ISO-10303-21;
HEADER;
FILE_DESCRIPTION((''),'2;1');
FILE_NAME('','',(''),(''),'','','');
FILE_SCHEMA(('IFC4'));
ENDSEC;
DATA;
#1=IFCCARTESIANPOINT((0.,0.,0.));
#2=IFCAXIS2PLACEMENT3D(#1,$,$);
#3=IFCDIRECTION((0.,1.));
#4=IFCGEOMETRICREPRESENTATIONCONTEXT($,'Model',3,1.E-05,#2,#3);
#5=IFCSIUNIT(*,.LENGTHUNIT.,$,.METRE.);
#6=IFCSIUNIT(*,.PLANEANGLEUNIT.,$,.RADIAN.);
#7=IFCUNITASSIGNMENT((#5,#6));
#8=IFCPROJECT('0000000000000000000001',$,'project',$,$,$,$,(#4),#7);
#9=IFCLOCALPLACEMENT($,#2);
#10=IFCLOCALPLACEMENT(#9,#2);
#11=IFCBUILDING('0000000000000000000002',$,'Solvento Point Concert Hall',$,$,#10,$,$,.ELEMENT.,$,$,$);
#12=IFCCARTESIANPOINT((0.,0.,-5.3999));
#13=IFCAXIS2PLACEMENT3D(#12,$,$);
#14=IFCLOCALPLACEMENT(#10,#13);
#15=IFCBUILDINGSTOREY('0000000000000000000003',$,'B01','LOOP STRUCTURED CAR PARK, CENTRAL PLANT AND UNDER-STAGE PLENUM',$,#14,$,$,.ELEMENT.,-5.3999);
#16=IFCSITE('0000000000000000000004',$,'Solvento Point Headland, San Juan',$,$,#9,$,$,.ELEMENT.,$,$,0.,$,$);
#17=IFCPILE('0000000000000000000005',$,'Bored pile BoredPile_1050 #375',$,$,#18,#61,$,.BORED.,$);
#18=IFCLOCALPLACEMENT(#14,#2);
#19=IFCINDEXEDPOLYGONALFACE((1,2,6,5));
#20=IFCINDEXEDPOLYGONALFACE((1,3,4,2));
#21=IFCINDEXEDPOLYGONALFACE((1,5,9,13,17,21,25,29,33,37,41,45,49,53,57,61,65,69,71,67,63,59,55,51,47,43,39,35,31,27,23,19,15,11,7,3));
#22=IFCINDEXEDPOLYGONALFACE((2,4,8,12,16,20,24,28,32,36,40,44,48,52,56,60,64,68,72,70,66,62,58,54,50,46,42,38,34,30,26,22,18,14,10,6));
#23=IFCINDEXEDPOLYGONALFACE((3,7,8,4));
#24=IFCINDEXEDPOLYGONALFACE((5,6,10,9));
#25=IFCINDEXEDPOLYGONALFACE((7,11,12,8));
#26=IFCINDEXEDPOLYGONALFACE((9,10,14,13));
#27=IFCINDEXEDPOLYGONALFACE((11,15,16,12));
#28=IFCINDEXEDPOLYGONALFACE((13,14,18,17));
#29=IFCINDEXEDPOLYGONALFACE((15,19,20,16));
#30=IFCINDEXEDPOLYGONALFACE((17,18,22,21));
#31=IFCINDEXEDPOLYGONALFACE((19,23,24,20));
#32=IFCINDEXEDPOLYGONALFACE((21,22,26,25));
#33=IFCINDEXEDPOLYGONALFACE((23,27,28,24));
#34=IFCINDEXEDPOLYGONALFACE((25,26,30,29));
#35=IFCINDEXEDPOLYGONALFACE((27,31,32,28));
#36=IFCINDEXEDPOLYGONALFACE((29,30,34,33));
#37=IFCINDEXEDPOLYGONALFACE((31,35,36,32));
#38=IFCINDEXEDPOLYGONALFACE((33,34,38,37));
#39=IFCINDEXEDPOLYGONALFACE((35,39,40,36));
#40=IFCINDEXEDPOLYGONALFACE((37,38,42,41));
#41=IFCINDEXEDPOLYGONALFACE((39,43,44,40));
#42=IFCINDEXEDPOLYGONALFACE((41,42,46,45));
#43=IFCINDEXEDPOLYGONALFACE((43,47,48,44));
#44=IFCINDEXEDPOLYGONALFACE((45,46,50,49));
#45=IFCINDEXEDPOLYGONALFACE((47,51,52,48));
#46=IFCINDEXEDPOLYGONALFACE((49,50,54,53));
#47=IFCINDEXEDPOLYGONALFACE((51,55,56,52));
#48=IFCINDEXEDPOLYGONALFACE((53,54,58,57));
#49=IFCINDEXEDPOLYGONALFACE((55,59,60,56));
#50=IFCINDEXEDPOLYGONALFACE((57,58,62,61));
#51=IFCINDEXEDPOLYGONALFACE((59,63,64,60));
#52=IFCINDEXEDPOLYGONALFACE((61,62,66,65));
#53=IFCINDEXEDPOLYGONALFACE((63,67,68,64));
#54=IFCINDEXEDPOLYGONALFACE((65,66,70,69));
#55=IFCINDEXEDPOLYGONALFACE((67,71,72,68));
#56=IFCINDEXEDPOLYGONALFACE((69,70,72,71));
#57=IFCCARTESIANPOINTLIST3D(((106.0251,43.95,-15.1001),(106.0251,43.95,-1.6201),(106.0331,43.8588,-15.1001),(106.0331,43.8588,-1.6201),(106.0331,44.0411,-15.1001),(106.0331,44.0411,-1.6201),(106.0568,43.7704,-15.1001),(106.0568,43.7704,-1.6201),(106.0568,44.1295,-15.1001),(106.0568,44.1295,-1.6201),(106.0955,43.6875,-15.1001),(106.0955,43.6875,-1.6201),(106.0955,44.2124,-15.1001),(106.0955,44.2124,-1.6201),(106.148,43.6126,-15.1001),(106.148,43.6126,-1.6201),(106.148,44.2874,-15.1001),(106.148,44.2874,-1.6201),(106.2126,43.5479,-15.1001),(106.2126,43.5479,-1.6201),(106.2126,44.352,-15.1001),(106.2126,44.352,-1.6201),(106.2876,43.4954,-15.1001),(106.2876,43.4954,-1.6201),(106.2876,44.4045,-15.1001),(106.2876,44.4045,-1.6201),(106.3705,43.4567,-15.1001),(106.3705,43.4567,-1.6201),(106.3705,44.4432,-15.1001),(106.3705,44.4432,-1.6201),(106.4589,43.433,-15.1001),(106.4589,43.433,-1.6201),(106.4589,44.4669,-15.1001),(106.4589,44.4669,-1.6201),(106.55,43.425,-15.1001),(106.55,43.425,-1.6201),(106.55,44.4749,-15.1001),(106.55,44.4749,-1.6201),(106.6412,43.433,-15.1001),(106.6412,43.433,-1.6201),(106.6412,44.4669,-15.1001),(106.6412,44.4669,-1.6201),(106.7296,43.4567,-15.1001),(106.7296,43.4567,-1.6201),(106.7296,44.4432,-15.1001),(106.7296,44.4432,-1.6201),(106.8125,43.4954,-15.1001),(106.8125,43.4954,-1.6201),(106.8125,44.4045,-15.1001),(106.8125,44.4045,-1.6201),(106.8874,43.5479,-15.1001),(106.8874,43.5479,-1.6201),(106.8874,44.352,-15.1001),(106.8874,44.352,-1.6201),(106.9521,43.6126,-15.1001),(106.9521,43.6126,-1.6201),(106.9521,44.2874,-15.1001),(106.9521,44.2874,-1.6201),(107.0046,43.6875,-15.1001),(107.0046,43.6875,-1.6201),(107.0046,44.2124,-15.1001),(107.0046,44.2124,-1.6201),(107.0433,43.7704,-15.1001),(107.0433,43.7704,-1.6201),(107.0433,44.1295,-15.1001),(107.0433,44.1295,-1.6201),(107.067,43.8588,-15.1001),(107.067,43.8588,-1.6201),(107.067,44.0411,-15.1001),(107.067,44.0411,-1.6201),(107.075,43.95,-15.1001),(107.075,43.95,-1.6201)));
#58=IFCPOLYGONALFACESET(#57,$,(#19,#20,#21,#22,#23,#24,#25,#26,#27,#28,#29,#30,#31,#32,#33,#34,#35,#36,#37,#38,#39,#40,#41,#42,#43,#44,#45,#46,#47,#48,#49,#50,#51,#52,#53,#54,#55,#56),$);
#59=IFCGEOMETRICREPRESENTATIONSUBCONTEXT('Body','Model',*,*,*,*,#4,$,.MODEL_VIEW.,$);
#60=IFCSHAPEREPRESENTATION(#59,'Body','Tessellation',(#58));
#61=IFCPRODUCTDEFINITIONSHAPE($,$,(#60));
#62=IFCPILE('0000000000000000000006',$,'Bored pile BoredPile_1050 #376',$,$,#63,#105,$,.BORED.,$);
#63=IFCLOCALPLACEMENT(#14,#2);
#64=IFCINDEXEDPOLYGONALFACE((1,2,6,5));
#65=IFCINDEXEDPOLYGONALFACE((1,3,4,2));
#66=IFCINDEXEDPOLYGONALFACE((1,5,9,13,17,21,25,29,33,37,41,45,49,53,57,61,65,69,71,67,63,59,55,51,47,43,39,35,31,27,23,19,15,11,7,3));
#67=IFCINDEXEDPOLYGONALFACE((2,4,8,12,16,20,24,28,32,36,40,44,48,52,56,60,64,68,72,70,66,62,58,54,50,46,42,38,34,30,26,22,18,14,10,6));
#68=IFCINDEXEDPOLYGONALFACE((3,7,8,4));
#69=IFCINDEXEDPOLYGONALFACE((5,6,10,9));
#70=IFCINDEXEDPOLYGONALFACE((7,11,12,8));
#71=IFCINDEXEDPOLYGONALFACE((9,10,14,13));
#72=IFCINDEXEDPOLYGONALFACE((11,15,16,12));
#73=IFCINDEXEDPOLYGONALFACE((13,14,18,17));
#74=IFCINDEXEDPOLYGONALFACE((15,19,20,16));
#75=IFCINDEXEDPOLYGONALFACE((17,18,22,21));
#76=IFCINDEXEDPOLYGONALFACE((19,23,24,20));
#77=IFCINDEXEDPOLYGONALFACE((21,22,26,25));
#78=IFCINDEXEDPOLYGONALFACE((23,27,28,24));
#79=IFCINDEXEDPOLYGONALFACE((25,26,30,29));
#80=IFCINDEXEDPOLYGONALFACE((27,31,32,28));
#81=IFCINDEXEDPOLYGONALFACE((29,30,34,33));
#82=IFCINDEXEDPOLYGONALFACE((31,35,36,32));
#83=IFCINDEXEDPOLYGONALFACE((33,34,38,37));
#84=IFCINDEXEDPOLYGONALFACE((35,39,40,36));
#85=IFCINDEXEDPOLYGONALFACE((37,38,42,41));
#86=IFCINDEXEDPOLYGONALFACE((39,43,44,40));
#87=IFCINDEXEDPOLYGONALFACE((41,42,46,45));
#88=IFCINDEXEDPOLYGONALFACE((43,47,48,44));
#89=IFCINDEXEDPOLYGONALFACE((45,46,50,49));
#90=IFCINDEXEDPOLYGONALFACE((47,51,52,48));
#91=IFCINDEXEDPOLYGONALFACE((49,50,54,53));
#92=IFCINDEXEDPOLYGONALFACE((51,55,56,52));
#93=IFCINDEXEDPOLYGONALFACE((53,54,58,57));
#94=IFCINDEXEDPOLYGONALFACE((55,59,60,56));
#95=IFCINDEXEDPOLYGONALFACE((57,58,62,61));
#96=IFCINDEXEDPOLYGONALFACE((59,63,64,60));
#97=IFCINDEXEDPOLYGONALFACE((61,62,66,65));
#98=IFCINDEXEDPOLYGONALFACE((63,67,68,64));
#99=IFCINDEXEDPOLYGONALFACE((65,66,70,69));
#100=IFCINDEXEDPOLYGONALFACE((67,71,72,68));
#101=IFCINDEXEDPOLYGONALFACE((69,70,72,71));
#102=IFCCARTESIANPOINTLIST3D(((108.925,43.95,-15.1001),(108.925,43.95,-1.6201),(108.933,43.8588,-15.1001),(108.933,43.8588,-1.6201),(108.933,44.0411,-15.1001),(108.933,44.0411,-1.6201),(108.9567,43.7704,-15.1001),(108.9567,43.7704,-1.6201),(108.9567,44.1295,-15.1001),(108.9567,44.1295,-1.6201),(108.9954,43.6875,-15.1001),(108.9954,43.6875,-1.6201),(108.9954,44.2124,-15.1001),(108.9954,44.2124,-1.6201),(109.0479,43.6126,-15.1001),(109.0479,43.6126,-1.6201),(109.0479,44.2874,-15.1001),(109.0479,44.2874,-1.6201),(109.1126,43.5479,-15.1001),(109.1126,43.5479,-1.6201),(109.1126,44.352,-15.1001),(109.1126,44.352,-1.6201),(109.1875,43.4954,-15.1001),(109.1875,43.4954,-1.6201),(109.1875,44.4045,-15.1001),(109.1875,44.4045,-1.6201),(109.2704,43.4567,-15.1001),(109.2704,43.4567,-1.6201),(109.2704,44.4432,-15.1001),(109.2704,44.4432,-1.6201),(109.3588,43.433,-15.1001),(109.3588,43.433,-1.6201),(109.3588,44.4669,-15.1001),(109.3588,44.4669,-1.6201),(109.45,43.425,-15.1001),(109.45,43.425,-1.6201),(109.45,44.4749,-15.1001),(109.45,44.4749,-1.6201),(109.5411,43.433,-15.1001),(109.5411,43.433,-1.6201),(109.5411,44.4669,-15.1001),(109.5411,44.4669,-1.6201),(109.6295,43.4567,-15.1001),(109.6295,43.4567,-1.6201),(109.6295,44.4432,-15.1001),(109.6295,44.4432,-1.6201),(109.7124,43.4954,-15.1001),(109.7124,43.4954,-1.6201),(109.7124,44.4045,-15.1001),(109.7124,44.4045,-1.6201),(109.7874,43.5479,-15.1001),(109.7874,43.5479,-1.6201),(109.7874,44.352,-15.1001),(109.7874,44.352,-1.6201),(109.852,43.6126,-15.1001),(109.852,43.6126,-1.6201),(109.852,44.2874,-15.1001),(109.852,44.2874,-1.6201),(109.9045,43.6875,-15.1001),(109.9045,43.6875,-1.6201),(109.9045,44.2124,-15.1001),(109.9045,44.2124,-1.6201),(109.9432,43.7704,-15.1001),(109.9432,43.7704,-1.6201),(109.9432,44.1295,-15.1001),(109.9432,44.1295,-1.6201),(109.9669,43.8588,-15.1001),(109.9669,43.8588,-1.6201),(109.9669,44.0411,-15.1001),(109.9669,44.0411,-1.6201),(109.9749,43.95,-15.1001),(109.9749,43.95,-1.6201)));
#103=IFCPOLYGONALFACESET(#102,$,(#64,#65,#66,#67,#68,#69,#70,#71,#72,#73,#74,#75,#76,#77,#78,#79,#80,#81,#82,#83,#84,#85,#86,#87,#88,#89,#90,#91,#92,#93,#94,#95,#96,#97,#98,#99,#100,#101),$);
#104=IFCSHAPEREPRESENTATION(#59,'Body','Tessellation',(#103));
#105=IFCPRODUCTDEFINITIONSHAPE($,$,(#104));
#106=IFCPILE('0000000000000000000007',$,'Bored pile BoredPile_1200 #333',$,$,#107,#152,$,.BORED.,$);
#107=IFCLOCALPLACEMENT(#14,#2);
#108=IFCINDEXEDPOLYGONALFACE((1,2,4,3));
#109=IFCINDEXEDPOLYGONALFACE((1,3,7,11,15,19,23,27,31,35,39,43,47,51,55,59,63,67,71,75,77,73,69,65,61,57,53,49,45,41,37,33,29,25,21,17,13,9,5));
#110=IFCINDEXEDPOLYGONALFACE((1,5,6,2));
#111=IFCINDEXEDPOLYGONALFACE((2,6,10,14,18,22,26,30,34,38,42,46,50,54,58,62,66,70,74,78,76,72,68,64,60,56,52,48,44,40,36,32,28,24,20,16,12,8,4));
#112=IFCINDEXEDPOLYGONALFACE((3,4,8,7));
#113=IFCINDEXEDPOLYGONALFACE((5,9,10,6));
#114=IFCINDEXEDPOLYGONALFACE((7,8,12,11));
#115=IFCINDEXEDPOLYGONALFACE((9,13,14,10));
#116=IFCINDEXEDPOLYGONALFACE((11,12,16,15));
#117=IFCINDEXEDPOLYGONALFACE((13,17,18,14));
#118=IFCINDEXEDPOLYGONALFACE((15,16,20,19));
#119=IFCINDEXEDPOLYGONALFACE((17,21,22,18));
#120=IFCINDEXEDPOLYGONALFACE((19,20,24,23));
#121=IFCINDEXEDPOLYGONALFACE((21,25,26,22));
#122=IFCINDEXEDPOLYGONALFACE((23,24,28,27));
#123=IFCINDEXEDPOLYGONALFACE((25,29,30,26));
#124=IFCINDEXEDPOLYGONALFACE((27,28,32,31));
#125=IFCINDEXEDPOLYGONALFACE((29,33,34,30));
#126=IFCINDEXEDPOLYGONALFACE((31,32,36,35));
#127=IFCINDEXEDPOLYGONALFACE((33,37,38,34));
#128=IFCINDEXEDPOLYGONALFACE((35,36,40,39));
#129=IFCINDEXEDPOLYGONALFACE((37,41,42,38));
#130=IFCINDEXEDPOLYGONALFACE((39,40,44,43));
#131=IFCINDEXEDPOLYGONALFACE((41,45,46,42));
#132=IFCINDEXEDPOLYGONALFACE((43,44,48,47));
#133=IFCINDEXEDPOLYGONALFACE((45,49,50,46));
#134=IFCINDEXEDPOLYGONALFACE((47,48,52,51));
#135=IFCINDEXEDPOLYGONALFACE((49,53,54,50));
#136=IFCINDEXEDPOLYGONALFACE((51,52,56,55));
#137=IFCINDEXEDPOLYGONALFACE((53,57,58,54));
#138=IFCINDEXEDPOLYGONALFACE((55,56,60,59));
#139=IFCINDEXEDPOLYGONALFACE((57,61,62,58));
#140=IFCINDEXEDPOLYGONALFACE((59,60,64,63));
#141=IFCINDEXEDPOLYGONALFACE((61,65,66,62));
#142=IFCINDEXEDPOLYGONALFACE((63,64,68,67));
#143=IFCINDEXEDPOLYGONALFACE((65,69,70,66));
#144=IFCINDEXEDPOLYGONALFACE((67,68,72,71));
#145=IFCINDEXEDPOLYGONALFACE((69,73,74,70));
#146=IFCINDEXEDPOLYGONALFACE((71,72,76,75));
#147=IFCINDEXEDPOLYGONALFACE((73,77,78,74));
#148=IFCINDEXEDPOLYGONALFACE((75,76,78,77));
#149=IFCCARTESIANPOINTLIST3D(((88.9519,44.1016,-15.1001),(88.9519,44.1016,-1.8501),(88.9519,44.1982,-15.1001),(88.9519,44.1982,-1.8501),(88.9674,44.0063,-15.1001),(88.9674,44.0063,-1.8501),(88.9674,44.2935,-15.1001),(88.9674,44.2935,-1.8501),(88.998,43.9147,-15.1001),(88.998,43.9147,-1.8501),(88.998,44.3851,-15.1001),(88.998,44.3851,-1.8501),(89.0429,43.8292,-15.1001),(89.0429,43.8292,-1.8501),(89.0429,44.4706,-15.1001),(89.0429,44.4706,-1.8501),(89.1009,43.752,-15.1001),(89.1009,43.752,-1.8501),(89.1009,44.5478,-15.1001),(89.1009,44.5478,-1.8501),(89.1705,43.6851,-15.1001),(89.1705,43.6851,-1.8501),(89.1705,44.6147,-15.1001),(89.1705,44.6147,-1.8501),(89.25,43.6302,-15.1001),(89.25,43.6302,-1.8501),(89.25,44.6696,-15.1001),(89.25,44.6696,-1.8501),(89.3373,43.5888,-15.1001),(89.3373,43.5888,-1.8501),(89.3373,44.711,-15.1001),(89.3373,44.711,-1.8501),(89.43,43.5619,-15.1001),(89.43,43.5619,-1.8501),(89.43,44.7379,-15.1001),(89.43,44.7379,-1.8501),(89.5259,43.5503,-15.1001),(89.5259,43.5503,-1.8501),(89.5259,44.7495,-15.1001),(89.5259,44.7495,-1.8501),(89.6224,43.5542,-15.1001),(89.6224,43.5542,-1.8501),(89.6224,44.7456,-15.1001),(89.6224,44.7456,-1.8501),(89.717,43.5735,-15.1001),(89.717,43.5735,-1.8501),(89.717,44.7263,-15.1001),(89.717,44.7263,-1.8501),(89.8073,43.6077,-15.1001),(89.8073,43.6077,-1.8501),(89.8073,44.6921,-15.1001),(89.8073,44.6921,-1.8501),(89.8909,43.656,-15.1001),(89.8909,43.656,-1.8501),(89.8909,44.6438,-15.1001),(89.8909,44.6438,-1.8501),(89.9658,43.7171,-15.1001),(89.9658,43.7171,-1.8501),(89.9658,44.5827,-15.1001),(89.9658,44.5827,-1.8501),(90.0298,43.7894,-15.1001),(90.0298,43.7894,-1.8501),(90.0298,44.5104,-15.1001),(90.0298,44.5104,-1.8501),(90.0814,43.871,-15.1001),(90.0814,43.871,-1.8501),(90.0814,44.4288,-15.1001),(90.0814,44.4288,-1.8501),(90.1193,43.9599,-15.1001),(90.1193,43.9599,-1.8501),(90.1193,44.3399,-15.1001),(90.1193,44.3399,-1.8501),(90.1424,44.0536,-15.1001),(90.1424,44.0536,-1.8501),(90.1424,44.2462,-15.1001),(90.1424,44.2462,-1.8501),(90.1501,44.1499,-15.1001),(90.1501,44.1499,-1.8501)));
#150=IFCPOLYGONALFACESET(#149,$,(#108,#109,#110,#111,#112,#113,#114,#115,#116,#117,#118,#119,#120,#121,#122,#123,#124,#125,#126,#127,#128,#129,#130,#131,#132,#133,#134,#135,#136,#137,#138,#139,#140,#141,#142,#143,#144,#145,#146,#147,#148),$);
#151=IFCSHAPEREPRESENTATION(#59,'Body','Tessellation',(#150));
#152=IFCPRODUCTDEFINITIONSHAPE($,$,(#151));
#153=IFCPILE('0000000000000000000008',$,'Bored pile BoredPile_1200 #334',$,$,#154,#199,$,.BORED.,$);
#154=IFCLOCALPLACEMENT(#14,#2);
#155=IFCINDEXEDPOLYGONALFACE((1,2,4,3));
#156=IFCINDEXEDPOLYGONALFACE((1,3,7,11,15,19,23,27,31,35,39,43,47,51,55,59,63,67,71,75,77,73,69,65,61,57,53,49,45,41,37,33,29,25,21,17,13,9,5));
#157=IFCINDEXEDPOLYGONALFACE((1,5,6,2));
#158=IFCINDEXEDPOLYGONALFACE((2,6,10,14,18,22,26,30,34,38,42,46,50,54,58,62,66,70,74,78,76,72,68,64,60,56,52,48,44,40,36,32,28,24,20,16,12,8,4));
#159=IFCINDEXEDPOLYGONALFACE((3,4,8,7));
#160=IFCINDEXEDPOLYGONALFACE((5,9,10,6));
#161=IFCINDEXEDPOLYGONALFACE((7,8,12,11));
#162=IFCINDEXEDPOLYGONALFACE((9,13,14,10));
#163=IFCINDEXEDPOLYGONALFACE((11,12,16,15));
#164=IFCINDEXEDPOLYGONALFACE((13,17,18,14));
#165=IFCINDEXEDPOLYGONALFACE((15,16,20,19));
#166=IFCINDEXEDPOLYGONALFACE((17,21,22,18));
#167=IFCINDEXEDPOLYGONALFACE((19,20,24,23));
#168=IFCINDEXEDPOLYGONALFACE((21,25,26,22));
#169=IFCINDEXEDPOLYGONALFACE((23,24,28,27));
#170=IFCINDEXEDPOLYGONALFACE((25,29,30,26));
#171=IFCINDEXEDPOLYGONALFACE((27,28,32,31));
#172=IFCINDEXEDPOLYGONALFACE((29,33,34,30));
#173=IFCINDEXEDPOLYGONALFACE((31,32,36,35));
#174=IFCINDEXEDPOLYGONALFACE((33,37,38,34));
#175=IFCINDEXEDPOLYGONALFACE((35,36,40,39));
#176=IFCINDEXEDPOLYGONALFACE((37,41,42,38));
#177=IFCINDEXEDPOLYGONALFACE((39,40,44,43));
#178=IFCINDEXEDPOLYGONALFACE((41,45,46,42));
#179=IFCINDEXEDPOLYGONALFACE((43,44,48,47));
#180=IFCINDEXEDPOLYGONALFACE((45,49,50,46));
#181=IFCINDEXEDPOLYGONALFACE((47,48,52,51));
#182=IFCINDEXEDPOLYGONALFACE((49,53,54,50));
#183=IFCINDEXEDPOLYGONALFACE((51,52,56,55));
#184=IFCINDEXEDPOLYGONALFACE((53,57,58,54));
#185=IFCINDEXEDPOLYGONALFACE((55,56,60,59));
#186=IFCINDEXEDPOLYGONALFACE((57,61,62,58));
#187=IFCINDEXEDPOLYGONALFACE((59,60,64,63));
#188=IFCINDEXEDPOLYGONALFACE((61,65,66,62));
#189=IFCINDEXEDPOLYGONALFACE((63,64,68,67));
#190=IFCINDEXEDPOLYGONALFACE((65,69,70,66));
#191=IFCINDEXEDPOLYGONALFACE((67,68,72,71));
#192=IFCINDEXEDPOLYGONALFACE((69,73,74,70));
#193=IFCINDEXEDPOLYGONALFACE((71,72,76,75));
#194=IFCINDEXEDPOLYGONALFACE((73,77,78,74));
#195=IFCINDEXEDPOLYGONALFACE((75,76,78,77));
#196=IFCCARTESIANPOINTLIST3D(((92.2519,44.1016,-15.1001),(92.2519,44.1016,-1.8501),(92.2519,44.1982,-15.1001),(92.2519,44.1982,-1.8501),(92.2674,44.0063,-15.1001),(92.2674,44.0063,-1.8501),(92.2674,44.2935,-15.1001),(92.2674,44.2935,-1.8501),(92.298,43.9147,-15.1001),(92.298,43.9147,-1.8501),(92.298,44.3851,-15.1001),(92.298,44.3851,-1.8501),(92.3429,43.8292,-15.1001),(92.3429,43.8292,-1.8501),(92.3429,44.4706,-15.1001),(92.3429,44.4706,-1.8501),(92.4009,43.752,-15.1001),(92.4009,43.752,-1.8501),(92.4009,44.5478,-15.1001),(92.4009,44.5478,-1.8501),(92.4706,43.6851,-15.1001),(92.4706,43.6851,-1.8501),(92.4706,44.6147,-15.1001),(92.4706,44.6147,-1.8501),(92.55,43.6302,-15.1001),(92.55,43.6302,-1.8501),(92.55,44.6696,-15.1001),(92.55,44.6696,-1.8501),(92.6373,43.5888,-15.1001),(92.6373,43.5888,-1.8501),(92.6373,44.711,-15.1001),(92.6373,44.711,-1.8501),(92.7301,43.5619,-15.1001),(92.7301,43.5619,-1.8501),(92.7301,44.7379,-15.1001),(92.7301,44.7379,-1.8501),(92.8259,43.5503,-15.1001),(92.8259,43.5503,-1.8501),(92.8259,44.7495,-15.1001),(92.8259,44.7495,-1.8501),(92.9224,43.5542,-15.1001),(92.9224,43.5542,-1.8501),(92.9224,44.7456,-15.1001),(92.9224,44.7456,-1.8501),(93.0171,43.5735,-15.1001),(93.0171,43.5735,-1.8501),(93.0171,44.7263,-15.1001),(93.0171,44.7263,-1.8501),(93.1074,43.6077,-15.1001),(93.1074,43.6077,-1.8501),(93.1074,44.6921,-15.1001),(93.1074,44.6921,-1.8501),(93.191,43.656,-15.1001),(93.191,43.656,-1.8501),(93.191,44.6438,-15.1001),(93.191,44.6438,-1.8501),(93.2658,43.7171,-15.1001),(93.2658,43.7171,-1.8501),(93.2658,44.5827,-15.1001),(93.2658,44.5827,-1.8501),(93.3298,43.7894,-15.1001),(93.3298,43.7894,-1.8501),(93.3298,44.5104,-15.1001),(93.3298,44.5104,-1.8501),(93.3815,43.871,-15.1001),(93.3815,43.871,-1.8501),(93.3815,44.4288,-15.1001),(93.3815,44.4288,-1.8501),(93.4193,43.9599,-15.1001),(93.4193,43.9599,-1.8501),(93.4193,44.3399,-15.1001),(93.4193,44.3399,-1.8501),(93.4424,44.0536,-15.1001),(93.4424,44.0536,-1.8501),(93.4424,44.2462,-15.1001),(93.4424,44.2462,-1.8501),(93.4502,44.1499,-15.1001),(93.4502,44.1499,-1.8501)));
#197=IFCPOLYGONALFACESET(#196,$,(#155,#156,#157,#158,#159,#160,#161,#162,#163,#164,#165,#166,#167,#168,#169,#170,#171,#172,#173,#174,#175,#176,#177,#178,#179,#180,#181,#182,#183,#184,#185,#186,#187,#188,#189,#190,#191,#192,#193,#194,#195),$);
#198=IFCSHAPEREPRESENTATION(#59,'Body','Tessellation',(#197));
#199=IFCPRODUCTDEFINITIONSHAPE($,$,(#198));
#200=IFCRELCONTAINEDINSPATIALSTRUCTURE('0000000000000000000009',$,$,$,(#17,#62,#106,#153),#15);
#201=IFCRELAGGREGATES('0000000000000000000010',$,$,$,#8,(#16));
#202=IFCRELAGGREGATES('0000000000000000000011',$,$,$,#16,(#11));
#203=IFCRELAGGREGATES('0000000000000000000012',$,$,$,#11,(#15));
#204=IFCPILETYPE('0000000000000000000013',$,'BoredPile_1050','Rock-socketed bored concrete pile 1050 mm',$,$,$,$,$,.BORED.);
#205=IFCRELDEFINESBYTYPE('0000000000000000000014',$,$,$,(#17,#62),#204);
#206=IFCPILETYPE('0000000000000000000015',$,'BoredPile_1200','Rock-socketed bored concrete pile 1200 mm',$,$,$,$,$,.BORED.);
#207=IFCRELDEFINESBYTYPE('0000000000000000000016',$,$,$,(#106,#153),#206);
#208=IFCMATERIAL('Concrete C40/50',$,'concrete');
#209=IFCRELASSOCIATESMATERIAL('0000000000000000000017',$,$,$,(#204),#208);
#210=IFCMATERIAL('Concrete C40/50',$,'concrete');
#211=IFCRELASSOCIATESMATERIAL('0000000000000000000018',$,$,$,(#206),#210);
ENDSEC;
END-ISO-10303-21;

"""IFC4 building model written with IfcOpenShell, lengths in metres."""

from ifc_helpers import new_model, si_unit, direction, frame, origin, origin_2d, place, context, subcontext, project, spatial, circle, extrude, material, material_profile, profile_set, type_object, element, save


model = new_model("IFC4")

# Units and contexts
model_context = context("Model", 3, precision=1e-05, world=origin(), true_north=direction((0.0, 1.0)))
body_context = subcontext(model_context, "Body", "Model", "MODEL_VIEW")
ifc_project = project(units=[si_unit("LENGTHUNIT", "METRE"), si_unit("PLANEANGLEUNIT", "RADIAN")], contexts=[model_context])

# Site, building, storey
site_placement = place(None, origin())
site = spatial("IfcSite", under=ifc_project, at=site_placement, Name="Solvento Point Headland, San Juan", CompositionType="ELEMENT", RefElevation=0.0)
building_placement = place(site_placement, origin())
building = spatial("IfcBuilding", under=site, at=building_placement, Name="Solvento Point Concert Hall", CompositionType="ELEMENT")
storey_placement = place(building_placement, frame((0.0, 0.0, -5.3999)))
storey = spatial("IfcBuildingStorey", under=building, at=storey_placement, Name="B01", Description="LOOP STRUCTURED CAR PARK, CENTRAL PLANT AND UNDER-STAGE PLENUM", CompositionType="ELEMENT", Elevation=-5.3999)

# Piles
ifc_material_1 = material(Name="Concrete C40/50", Category="concrete")
ifc_material_profile_1 = material_profile(ifc_material_1, circle(Radius=0.5249, at=origin_2d()), Name="BP-1050")
ifc_profile_set_1 = profile_set([ifc_material_profile_1], Name="Concrete C40/50")
pile_type_1 = type_object("IfcPileType", Name="BoredPile_1050", Description="Rock-socketed bored concrete pile 1050 mm", PredefinedType="BORED", material=ifc_profile_set_1)
for number, where, z_axis, x_axis, name in (
    (1, (106.55, 43.95, -1.6201), (0.0, 0.0, -1.0), (1.0, 0.0, 0.0), "Bored pile BoredPile_1050 #375"),
    (2, (109.45, 43.95, -1.6201), (0.0, 0.0, -1.0), (1.0, 0.0, 0.0), "Bored pile BoredPile_1050 #376"),
):
    element("IfcPile", number, at=place(storey_placement, frame(where, z_axis=z_axis, x_axis=x_axis)), inside=storey, type_object=pile_type_1, Name=name, PredefinedType="BORED", context=body_context, shape_type="SweptSolid", body=[
        extrude(circle(Radius=0.5249, at=origin_2d()), origin(), (0.0, 0.0, 1.0), 13.48),
    ])
ifc_material_2 = material(Name="Concrete C40/50", Category="concrete")
ifc_material_profile_2 = material_profile(ifc_material_2, circle(Radius=0.6001, at=origin_2d()), Name="BP-1200")
ifc_profile_set_2 = profile_set([ifc_material_profile_2], Name="Concrete C40/50")
pile_type_2 = type_object("IfcPileType", Name="BoredPile_1200", Description="Rock-socketed bored concrete pile 1200 mm", PredefinedType="BORED", material=ifc_profile_set_2)
for number, where, z_axis, x_axis, name in (
    (3, (89.55, 44.1499, -1.8501), (0.0, 0.0, -1.0), (1.0, 0.0, 0.0), "Bored pile BoredPile_1200 #333"),
    (4, (92.8501, 44.1499, -1.8501), (0.0, 0.0, -1.0), (1.0, 0.0, 0.0), "Bored pile BoredPile_1200 #334"),
):
    element("IfcPile", number, at=place(storey_placement, frame(where, z_axis=z_axis, x_axis=x_axis)), inside=storey, type_object=pile_type_2, Name=name, PredefinedType="BORED", context=body_context, shape_type="SweptSolid", body=[
        extrude(circle(Radius=0.6001, at=origin_2d()), origin(), (0.0, 0.0, 1.0), 13.25),
    ])

save(model, "model.ifc")
